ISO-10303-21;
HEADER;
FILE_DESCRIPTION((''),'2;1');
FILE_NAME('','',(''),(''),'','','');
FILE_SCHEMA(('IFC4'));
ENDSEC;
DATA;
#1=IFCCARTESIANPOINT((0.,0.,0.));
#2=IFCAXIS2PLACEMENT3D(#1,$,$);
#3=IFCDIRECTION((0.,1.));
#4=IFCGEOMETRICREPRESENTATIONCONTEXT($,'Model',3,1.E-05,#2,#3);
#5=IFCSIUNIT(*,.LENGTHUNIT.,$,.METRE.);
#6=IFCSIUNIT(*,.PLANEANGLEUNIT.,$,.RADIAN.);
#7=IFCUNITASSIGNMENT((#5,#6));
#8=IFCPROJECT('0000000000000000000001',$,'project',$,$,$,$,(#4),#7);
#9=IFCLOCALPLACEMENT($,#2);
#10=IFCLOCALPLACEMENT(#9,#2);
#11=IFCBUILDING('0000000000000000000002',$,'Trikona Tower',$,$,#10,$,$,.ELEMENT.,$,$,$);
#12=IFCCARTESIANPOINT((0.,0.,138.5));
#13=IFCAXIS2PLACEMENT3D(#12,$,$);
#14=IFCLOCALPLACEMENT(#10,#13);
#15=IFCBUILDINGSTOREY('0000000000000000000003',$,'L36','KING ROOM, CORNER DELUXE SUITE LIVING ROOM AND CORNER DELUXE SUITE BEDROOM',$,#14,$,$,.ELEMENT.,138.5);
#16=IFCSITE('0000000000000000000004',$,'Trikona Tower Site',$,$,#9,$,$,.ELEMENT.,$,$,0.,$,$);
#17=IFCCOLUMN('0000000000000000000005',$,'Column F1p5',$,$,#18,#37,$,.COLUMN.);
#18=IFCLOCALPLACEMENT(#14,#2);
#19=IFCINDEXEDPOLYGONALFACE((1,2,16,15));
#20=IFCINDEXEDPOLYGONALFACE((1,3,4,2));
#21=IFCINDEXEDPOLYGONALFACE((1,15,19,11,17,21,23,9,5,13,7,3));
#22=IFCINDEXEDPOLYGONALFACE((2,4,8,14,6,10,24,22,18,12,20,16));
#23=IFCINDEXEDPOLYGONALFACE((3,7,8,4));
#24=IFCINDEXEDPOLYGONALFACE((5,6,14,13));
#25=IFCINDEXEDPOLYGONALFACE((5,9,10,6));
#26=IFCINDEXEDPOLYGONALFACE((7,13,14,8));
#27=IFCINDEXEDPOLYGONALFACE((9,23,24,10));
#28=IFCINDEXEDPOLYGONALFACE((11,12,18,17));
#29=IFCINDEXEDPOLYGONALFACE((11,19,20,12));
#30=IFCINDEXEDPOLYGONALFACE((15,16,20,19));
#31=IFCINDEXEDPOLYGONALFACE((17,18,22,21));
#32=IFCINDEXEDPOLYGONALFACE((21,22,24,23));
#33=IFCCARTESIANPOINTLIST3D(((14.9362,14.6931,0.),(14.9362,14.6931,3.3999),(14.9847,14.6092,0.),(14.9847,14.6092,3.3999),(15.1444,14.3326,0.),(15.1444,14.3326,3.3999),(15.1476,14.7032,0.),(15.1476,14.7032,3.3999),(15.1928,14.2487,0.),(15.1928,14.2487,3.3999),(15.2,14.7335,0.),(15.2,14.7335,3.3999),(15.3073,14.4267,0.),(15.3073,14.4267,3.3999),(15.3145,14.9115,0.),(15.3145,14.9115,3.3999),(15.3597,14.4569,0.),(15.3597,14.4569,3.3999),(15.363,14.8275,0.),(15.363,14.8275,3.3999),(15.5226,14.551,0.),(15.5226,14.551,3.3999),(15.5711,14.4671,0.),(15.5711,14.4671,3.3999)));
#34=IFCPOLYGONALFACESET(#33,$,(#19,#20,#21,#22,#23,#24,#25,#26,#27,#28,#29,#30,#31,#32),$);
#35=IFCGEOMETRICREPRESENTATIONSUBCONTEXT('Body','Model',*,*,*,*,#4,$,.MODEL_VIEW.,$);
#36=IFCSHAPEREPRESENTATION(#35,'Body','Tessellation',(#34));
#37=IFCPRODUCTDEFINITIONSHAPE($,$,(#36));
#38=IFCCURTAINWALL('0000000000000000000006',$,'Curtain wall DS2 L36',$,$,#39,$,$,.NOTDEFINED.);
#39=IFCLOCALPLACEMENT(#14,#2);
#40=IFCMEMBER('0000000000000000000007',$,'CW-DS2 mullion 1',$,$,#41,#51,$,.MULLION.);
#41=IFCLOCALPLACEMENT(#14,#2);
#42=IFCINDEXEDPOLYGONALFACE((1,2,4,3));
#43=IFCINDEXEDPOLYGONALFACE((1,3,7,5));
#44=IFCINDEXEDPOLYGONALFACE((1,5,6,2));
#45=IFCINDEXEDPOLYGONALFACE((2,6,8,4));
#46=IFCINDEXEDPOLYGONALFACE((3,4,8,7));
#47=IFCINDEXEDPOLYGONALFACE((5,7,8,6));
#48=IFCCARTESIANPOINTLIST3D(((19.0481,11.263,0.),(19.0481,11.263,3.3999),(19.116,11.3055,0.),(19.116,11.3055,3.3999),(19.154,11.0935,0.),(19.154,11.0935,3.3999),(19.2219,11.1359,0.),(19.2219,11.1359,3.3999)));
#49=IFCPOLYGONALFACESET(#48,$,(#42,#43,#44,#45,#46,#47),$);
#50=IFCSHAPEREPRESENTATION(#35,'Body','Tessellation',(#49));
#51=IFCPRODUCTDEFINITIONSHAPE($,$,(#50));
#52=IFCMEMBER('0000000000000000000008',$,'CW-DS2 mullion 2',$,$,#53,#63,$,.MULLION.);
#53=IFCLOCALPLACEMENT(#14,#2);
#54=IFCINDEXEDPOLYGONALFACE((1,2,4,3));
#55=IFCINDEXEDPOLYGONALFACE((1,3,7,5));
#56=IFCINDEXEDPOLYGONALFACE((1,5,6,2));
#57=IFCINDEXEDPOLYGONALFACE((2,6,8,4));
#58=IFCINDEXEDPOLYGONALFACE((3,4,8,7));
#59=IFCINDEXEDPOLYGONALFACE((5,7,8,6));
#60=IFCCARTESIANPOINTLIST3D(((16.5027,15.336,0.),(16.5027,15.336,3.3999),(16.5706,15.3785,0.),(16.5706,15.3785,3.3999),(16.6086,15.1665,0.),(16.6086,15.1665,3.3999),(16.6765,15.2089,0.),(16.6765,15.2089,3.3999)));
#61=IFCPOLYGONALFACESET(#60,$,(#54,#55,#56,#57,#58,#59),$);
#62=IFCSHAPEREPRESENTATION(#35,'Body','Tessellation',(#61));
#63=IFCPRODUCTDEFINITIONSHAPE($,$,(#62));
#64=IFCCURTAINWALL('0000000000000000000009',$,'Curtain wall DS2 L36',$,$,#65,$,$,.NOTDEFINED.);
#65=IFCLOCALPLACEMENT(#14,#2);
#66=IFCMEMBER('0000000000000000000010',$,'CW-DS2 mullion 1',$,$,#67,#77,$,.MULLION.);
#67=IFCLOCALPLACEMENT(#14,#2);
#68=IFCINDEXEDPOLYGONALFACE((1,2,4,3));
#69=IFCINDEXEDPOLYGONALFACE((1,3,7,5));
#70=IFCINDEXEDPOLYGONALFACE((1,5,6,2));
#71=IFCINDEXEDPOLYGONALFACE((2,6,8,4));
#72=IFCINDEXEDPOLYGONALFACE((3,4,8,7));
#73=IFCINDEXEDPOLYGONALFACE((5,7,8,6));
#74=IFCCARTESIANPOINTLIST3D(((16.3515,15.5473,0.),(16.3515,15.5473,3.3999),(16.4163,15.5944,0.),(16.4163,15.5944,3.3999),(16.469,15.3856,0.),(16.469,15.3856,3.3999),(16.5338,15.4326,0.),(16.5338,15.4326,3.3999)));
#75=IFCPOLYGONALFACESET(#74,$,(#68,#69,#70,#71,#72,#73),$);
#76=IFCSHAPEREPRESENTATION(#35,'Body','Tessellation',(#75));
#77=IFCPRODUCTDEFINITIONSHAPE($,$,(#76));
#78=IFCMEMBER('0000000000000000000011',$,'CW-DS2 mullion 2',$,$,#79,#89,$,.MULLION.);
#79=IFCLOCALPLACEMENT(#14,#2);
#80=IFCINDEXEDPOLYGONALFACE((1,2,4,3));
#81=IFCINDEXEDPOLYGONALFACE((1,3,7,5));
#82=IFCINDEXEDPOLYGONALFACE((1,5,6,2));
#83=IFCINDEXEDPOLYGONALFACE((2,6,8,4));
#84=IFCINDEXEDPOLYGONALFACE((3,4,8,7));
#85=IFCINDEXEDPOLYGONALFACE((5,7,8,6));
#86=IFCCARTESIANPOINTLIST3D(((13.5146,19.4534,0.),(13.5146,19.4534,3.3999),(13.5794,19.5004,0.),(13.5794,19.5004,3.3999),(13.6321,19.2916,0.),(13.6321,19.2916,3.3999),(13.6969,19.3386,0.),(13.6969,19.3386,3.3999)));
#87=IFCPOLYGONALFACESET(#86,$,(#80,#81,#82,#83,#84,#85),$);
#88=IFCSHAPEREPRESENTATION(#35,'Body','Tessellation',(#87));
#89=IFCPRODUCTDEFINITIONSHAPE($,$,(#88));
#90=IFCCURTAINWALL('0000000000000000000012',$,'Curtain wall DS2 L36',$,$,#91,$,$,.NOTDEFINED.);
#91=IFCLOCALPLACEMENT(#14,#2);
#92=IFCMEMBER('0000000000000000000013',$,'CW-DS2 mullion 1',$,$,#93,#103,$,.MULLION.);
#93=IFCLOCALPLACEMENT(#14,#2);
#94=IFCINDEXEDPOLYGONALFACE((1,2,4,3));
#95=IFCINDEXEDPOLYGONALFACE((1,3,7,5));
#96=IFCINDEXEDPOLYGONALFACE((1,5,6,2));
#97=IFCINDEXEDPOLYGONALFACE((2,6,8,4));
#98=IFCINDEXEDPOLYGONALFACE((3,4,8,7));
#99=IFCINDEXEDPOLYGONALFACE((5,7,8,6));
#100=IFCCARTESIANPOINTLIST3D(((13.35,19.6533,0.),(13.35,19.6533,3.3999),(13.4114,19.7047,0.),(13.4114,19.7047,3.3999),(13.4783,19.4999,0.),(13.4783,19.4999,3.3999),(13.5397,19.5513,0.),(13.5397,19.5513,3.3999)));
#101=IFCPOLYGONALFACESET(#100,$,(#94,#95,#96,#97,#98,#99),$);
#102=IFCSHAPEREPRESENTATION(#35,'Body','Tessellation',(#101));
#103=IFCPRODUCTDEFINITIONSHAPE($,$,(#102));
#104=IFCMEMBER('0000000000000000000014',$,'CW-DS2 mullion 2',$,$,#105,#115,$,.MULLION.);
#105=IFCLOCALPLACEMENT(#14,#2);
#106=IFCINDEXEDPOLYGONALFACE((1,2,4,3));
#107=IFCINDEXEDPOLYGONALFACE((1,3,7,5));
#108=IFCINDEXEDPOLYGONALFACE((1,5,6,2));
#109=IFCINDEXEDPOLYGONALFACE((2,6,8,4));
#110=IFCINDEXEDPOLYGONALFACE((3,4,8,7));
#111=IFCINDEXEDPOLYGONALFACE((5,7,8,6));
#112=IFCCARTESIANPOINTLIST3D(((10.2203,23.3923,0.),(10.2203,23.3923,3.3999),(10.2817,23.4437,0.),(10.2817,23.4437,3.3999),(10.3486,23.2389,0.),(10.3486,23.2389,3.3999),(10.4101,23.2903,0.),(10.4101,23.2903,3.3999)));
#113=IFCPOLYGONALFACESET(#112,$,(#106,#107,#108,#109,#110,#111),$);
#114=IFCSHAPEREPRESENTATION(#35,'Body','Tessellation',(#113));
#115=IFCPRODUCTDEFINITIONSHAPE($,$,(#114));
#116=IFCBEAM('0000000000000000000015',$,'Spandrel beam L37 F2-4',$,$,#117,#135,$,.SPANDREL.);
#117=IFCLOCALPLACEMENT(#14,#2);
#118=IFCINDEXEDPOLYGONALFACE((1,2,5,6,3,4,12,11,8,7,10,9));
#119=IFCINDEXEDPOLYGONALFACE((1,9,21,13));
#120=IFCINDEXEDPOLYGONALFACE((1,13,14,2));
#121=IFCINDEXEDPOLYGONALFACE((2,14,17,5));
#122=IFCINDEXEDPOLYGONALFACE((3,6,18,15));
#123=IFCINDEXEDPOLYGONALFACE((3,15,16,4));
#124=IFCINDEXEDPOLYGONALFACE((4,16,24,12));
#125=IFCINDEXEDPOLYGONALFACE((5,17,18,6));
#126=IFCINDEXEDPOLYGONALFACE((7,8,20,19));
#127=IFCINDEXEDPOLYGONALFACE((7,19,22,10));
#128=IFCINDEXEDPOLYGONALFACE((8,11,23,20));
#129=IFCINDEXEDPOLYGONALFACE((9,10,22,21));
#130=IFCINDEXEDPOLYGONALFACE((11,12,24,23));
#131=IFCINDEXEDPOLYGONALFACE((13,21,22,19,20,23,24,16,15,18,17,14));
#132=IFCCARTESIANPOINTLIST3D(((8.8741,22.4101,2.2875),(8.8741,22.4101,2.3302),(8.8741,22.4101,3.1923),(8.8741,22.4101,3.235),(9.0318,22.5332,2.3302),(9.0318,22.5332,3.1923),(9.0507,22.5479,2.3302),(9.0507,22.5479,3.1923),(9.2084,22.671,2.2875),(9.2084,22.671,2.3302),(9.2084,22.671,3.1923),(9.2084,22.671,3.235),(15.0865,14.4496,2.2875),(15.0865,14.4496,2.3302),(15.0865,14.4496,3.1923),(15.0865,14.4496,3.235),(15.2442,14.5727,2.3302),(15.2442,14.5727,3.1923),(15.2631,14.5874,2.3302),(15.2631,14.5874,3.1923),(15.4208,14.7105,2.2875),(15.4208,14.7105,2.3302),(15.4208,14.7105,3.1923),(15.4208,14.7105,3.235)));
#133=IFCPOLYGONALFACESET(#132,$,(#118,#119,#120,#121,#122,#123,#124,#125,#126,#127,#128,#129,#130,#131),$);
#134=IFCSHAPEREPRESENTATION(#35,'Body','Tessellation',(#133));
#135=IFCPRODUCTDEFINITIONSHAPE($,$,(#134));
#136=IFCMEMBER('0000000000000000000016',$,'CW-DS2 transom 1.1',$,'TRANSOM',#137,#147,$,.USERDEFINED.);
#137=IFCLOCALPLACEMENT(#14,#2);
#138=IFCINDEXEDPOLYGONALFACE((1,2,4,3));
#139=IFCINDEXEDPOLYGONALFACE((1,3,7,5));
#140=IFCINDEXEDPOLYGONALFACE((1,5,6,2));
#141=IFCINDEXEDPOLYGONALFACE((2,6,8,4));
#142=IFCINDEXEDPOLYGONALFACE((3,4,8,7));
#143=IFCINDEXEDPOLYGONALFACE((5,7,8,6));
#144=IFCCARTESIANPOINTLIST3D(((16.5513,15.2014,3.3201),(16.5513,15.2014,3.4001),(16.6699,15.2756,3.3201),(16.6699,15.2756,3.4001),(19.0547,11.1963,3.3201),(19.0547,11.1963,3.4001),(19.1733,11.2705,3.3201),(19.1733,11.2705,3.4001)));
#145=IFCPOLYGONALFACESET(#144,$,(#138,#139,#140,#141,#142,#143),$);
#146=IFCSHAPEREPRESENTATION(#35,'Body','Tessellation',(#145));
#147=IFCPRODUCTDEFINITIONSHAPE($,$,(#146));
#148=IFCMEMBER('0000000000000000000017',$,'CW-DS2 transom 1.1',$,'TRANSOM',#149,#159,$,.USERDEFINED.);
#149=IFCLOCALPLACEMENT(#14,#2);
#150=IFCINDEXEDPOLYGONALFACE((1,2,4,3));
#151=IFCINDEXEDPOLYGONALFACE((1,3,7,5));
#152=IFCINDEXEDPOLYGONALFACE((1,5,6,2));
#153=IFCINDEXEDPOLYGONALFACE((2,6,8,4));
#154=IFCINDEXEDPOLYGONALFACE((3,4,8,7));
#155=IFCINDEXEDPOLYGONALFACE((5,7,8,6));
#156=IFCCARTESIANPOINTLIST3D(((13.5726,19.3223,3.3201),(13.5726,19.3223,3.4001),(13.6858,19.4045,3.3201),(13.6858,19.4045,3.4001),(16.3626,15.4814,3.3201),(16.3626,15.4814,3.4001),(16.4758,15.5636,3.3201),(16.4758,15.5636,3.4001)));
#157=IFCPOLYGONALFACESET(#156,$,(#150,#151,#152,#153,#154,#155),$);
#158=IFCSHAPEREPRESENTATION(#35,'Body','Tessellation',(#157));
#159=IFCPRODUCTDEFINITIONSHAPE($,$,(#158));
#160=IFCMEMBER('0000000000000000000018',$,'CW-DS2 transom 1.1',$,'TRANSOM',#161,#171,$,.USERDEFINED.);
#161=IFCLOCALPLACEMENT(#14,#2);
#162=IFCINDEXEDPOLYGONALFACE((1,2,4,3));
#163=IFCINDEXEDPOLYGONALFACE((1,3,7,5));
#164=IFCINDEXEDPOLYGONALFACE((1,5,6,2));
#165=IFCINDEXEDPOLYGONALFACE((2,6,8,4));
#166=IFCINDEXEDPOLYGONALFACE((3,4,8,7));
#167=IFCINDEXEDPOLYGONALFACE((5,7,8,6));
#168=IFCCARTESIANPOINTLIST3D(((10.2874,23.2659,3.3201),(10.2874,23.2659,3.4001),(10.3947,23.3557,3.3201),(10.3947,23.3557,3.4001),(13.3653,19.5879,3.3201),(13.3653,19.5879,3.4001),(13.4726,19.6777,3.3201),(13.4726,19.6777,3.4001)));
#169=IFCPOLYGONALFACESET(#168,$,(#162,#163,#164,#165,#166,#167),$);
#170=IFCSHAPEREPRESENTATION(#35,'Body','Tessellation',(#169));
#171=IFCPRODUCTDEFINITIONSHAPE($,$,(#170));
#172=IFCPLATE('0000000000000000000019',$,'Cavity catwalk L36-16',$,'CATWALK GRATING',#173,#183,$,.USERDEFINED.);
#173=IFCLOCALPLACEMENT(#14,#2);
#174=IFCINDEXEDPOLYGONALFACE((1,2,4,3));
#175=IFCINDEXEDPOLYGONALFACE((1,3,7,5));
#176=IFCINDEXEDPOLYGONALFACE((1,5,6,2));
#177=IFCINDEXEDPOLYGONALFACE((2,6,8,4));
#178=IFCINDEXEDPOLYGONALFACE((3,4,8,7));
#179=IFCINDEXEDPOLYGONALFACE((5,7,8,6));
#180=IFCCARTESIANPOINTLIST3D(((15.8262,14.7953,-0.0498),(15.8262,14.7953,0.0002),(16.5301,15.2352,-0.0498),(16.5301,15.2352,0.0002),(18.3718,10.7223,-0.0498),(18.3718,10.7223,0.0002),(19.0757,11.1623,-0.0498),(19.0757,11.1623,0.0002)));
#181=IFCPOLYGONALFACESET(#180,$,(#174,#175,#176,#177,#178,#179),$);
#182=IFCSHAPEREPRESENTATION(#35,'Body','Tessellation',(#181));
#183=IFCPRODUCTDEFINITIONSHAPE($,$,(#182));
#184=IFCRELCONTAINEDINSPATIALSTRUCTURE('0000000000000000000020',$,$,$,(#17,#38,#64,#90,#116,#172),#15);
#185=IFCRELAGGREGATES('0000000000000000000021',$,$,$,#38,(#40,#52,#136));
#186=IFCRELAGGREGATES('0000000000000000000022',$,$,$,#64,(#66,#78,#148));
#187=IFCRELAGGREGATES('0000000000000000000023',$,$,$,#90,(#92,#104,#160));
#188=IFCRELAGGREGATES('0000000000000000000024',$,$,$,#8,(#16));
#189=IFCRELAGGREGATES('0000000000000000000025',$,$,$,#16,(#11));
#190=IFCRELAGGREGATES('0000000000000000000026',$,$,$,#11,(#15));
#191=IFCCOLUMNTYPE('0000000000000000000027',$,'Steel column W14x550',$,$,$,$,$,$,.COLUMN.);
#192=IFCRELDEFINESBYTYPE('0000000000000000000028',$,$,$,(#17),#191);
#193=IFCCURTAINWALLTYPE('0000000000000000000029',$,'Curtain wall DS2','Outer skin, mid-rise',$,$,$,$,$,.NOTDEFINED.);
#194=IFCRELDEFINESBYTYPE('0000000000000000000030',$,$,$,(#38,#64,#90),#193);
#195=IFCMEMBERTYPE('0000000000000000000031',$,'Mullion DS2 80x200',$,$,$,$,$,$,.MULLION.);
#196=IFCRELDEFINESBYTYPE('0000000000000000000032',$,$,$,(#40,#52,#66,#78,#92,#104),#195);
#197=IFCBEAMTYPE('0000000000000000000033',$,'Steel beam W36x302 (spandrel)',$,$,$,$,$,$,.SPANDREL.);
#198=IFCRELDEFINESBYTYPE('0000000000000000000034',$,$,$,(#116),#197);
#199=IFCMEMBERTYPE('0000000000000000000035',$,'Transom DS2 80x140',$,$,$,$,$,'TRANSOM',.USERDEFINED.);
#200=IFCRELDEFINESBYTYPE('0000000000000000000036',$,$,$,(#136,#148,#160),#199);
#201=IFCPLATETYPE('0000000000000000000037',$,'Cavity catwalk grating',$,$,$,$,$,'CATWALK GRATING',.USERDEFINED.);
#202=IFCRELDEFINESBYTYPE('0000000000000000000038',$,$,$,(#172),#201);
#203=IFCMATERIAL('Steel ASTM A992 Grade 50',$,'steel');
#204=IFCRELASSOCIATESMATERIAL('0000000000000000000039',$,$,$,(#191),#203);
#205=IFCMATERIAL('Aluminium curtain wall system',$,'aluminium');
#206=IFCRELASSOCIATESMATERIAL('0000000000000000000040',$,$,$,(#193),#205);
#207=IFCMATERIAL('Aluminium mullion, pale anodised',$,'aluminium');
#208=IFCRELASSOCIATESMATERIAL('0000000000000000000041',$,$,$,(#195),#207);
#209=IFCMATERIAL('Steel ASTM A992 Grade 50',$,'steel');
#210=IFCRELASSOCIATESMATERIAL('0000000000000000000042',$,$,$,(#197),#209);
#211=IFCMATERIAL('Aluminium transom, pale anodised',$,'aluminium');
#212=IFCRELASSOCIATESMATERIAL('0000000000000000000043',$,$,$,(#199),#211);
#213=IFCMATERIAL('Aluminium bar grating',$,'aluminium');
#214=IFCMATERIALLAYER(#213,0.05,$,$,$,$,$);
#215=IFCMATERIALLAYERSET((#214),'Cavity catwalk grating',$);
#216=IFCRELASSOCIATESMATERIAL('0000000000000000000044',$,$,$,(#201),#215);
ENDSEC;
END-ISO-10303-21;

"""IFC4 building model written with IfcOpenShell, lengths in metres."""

from ifc_helpers import new_model, si_unit, direction, frame, origin, origin_2d, place, context, subcontext, project, spatial, rectangle, i_section, extrude, material, layer, layer_set, material_profile, profile_set, type_object, element, aggregate, save


model = new_model("IFC4")

# Units and contexts
model_context = context("Model", 3, precision=1e-05, world=origin(), true_north=direction((0.0, 1.0)))
body_context = subcontext(model_context, "Body", "Model", "MODEL_VIEW")
ifc_project = project(units=[si_unit("LENGTHUNIT", "METRE"), si_unit("PLANEANGLEUNIT", "RADIAN")], contexts=[model_context])

# Site, building, storey
site_placement = place(None, origin())
site = spatial("IfcSite", under=ifc_project, at=site_placement, Name="Trikona Tower Site", CompositionType="ELEMENT", RefElevation=0.0)
building_placement = place(site_placement, origin())
building = spatial("IfcBuilding", under=site, at=building_placement, Name="Trikona Tower", CompositionType="ELEMENT")
storey_placement = place(building_placement, frame((0.0, 0.0, 138.5)))
storey = spatial("IfcBuildingStorey", under=building, at=storey_placement, Name="L36", Description="KING ROOM, CORNER DELUXE SUITE LIVING ROOM AND CORNER DELUXE SUITE BEDROOM", CompositionType="ELEMENT", Elevation=138.5)

# Column
ifc_material_1 = material(Name="Steel ASTM A992 Grade 50", Category="steel")
ifc_material_profile_1 = material_profile(ifc_material_1, i_section(OverallWidth=0.4368, OverallDepth=0.5132, WebThickness=0.0605, FlangeThickness=0.0969, at=origin_2d()), Name="W14X550")
ifc_profile_set_1 = profile_set([ifc_material_profile_1], Name="Steel ASTM A992 Grade 50")
column_type = type_object("IfcColumnType", Name="Steel column W14x550", PredefinedType="COLUMN", material=ifc_profile_set_1)
column_placement = place(storey_placement, frame((15.2537, 14.5801, 0.0), z_axis=(0.0, 0.0, 1.0), x_axis=(0.866025, 0.5, 0.0)))
element("IfcColumn", 1, at=column_placement, inside=storey, type_object=column_type, Name="Column F1p5", PredefinedType="COLUMN", context=body_context, shape_type="SweptSolid", body=[
    extrude(i_section(OverallWidth=0.4368, OverallDepth=0.5132, WebThickness=0.0605, FlangeThickness=0.0969, at=origin_2d()), origin(), (0.0, 0.0, 1.0), 3.3999),
])

# Curtain walls, members
ifc_material_2 = material(Name="Aluminium curtain wall system", Category="aluminium")
curtain_wall_type = type_object("IfcCurtainWallType", Name="Curtain wall DS2", Description="Outer skin, mid-rise", PredefinedType="NOTDEFINED", material=ifc_material_2)
curtain_wall_1_placement = place(storey_placement, origin())
curtain_wall_1 = element("IfcCurtainWall", 2, at=curtain_wall_1_placement, inside=storey, type_object=curtain_wall_type, Name="Curtain wall DS2 L36", PredefinedType="NOTDEFINED")
ifc_material_3 = material(Name="Aluminium mullion, pale anodised", Category="aluminium")
ifc_material_profile_2 = material_profile(ifc_material_3, rectangle(XDim=0.0801, YDim=0.2, at=origin_2d()), Name="MUL-DS2")
ifc_profile_set_2 = profile_set([ifc_material_profile_2], Name="Aluminium mullion, pale anodised")
member_type_1 = type_object("IfcMemberType", Name="Mullion DS2 80x200", PredefinedType="MULLION", material=ifc_profile_set_2)
member_1_placement = place(storey_placement, frame((19.135, 11.1995, 0.0), z_axis=(0.0, 0.0, 1.0), x_axis=(-0.847998, -0.529999, 0.0)))
member_1 = element("IfcMember", 3, at=member_1_placement, type_object=member_type_1, Name="CW-DS2 mullion 1", PredefinedType="MULLION", context=body_context, shape_type="SweptSolid", body=[
    extrude(rectangle(XDim=0.0801, YDim=0.2, at=origin_2d()), origin(), (0.0, 0.0, 1.0), 3.3999),
])
member_2_placement = place(storey_placement, frame((16.5896, 15.2725, 0.0), z_axis=(0.0, 0.0, 1.0), x_axis=(-0.847998, -0.529999, 0.0)))
member_2 = element("IfcMember", 4, at=member_2_placement, type_object=member_type_1, Name="CW-DS2 mullion 2", PredefinedType="MULLION", context=body_context, shape_type="SweptSolid", body=[
    extrude(rectangle(XDim=0.0801, YDim=0.2, at=origin_2d()), origin(), (0.0, 0.0, 1.0), 3.3999),
])
curtain_wall_2_placement = place(storey_placement, origin())
curtain_wall_2 = element("IfcCurtainWall", 5, at=curtain_wall_2_placement, inside=storey, type_object=curtain_wall_type, Name="Curtain wall DS2 L36", PredefinedType="NOTDEFINED")
member_3_placement = place(storey_placement, frame((16.4426, 15.49, 0.0), z_axis=(0.0, 0.0, 1.0), x_axis=(-0.809086, -0.587691, 0.0)))
member_3 = element("IfcMember", 6, at=member_3_placement, type_object=member_type_1, Name="CW-DS2 mullion 1", PredefinedType="MULLION", context=body_context, shape_type="SweptSolid", body=[
    extrude(rectangle(XDim=0.0801, YDim=0.2, at=origin_2d()), origin(), (0.0, 0.0, 1.0), 3.3999),
])
member_4_placement = place(storey_placement, frame((13.6057, 19.396, 0.0), z_axis=(0.0, 0.0, 1.0), x_axis=(-0.809086, -0.587691, 0.0)))
member_4 = element("IfcMember", 7, at=member_4_placement, type_object=member_type_1, Name="CW-DS2 mullion 2", PredefinedType="MULLION", context=body_context, shape_type="SweptSolid", body=[
    extrude(rectangle(XDim=0.0801, YDim=0.2, at=origin_2d()), origin(), (0.0, 0.0, 1.0), 3.3999),
])
curtain_wall_3_placement = place(storey_placement, origin())
curtain_wall_3 = element("IfcCurtainWall", 8, at=curtain_wall_3_placement, inside=storey, type_object=curtain_wall_type, Name="Curtain wall DS2 L36", PredefinedType="NOTDEFINED")
member_5_placement = place(storey_placement, frame((13.4448, 19.6023, 0.0), z_axis=(0.0, 0.0, 1.0), x_axis=(-0.766867, -0.641806, 0.0)))
member_5 = element("IfcMember", 9, at=member_5_placement, type_object=member_type_1, Name="CW-DS2 mullion 1", PredefinedType="MULLION", context=body_context, shape_type="SweptSolid", body=[
    extrude(rectangle(XDim=0.0801, YDim=0.2, at=origin_2d()), origin(), (0.0, 0.0, 1.0), 3.3999),
])
member_6_placement = place(storey_placement, frame((10.3152, 23.3413, 0.0), z_axis=(0.0, 0.0, 1.0), x_axis=(-0.766867, -0.641806, 0.0)))
member_6 = element("IfcMember", 10, at=member_6_placement, type_object=member_type_1, Name="CW-DS2 mullion 2", PredefinedType="MULLION", context=body_context, shape_type="SweptSolid", body=[
    extrude(rectangle(XDim=0.0801, YDim=0.2, at=origin_2d()), origin(), (0.0, 0.0, 1.0), 3.3999),
])

# Beam
ifc_material_4 = material(Name="Steel ASTM A992 Grade 50", Category="steel")
ifc_material_profile_3 = material_profile(ifc_material_4, i_section(OverallWidth=0.4241, OverallDepth=0.9475, WebThickness=0.0239, FlangeThickness=0.0427, at=origin_2d()), Name="W36X302")
ifc_profile_set_3 = profile_set([ifc_material_profile_3], Name="Steel ASTM A992 Grade 50")
beam_type = type_object("IfcBeamType", Name="Steel beam W36x302 (spandrel)", PredefinedType="SPANDREL", material=ifc_profile_set_3)
beam_placement = place(storey_placement, frame((15.2537, 14.5801, 2.7612), z_axis=(-0.615232, 0.788346, 0.0), x_axis=(-0.788346, -0.615232, 0.0)))
element("IfcBeam", 11, at=beam_placement, inside=storey, type_object=beam_type, Name="Spandrel beam L37 F2-4", PredefinedType="SPANDREL", context=body_context, shape_type="SweptSolid", body=[
    extrude(i_section(OverallWidth=0.4241, OverallDepth=0.9475, WebThickness=0.0239, FlangeThickness=0.0427, at=origin_2d()), origin(), (0.0, 0.0, 1.0), 10.0977),
])

# Members
ifc_material_5 = material(Name="Aluminium transom, pale anodised", Category="aluminium")
ifc_material_profile_4 = material_profile(ifc_material_5, rectangle(XDim=0.1399, YDim=0.0801, at=origin_2d()), Name="TRN-DS2")
ifc_profile_set_4 = profile_set([ifc_material_profile_4], Name="Aluminium transom, pale anodised")
member_type_2 = type_object("IfcMemberType", Name="Transom DS2 80x140", ElementType="TRANSOM", PredefinedType="USERDEFINED", material=ifc_profile_set_4)
member_7_placement = place(storey_placement, frame((19.114, 11.2334, 3.3601), z_axis=(-0.530031, 0.847978, 0.0), x_axis=(-0.847978, -0.530031, 0.0)))
member_7 = element("IfcMember", 12, at=member_7_placement, type_object=member_type_2, Name="CW-DS2 transom 1.1", ObjectType="TRANSOM", PredefinedType="USERDEFINED", context=body_context, shape_type="SweptSolid", body=[
    extrude(rectangle(XDim=0.1399, YDim=0.0801, at=origin_2d()), origin(), (0.0, 0.0, 1.0), 4.7231),
])
member_8_placement = place(storey_placement, frame((16.4192, 15.5225, 3.3601), z_axis=(-0.587695, 0.809083, 0.0), x_axis=(-0.809083, -0.587695, 0.0)))
member_8 = element("IfcMember", 13, at=member_8_placement, type_object=member_type_2, Name="CW-DS2 transom 1.1", ObjectType="TRANSOM", PredefinedType="USERDEFINED", context=body_context, shape_type="SweptSolid", body=[
    extrude(rectangle(XDim=0.1399, YDim=0.0801, at=origin_2d()), origin(), (0.0, 0.0, 1.0), 4.7473),
])
member_9_placement = place(storey_placement, frame((13.4189, 19.6328, 3.3601), z_axis=(-0.64177, 0.766897, 0.0), x_axis=(-0.766897, -0.64177, 0.0)))
member_9 = element("IfcMember", 14, at=member_9_placement, type_object=member_type_2, Name="CW-DS2 transom 1.1", ObjectType="TRANSOM", PredefinedType="USERDEFINED", context=body_context, shape_type="SweptSolid", body=[
    extrude(rectangle(XDim=0.1399, YDim=0.0801, at=origin_2d()), origin(), (0.0, 0.0, 1.0), 4.7959),
])

# Plate
ifc_material_6 = material(Name="Aluminium bar grating", Category="aluminium")
ifc_layer_1 = layer(ifc_material_6, 0.05)
ifc_layer_set_1 = layer_set([ifc_layer_1], Name="Cavity catwalk grating")
plate_type_1 = type_object("IfcPlateType", Name="Cavity catwalk grating", ElementType="CATWALK GRATING", PredefinedType="USERDEFINED", material=ifc_layer_set_1)
plate_1_placement = place(storey_placement, frame((17.4509, 12.9788, -0.0498), z_axis=(0.0, 0.0, 1.0), x_axis=(-0.529995, 0.848001, 0.0)))
element("IfcPlate", 15, at=plate_1_placement, inside=storey, type_object=plate_type_1, Name="Cavity catwalk L36-16", ObjectType="CATWALK GRATING", PredefinedType="USERDEFINED", context=body_context, shape_type="SweptSolid", body=[
    extrude(rectangle(XDim=4.803, YDim=0.8301, at=origin_2d()), origin(), (0.0, 0.0, 1.0), 0.05),
])

aggregate(curtain_wall_1, [member_1, member_2, member_7])
aggregate(curtain_wall_2, [member_3, member_4, member_8])
aggregate(curtain_wall_3, [member_5, member_6, member_9])

save(model, "model.ifc")
